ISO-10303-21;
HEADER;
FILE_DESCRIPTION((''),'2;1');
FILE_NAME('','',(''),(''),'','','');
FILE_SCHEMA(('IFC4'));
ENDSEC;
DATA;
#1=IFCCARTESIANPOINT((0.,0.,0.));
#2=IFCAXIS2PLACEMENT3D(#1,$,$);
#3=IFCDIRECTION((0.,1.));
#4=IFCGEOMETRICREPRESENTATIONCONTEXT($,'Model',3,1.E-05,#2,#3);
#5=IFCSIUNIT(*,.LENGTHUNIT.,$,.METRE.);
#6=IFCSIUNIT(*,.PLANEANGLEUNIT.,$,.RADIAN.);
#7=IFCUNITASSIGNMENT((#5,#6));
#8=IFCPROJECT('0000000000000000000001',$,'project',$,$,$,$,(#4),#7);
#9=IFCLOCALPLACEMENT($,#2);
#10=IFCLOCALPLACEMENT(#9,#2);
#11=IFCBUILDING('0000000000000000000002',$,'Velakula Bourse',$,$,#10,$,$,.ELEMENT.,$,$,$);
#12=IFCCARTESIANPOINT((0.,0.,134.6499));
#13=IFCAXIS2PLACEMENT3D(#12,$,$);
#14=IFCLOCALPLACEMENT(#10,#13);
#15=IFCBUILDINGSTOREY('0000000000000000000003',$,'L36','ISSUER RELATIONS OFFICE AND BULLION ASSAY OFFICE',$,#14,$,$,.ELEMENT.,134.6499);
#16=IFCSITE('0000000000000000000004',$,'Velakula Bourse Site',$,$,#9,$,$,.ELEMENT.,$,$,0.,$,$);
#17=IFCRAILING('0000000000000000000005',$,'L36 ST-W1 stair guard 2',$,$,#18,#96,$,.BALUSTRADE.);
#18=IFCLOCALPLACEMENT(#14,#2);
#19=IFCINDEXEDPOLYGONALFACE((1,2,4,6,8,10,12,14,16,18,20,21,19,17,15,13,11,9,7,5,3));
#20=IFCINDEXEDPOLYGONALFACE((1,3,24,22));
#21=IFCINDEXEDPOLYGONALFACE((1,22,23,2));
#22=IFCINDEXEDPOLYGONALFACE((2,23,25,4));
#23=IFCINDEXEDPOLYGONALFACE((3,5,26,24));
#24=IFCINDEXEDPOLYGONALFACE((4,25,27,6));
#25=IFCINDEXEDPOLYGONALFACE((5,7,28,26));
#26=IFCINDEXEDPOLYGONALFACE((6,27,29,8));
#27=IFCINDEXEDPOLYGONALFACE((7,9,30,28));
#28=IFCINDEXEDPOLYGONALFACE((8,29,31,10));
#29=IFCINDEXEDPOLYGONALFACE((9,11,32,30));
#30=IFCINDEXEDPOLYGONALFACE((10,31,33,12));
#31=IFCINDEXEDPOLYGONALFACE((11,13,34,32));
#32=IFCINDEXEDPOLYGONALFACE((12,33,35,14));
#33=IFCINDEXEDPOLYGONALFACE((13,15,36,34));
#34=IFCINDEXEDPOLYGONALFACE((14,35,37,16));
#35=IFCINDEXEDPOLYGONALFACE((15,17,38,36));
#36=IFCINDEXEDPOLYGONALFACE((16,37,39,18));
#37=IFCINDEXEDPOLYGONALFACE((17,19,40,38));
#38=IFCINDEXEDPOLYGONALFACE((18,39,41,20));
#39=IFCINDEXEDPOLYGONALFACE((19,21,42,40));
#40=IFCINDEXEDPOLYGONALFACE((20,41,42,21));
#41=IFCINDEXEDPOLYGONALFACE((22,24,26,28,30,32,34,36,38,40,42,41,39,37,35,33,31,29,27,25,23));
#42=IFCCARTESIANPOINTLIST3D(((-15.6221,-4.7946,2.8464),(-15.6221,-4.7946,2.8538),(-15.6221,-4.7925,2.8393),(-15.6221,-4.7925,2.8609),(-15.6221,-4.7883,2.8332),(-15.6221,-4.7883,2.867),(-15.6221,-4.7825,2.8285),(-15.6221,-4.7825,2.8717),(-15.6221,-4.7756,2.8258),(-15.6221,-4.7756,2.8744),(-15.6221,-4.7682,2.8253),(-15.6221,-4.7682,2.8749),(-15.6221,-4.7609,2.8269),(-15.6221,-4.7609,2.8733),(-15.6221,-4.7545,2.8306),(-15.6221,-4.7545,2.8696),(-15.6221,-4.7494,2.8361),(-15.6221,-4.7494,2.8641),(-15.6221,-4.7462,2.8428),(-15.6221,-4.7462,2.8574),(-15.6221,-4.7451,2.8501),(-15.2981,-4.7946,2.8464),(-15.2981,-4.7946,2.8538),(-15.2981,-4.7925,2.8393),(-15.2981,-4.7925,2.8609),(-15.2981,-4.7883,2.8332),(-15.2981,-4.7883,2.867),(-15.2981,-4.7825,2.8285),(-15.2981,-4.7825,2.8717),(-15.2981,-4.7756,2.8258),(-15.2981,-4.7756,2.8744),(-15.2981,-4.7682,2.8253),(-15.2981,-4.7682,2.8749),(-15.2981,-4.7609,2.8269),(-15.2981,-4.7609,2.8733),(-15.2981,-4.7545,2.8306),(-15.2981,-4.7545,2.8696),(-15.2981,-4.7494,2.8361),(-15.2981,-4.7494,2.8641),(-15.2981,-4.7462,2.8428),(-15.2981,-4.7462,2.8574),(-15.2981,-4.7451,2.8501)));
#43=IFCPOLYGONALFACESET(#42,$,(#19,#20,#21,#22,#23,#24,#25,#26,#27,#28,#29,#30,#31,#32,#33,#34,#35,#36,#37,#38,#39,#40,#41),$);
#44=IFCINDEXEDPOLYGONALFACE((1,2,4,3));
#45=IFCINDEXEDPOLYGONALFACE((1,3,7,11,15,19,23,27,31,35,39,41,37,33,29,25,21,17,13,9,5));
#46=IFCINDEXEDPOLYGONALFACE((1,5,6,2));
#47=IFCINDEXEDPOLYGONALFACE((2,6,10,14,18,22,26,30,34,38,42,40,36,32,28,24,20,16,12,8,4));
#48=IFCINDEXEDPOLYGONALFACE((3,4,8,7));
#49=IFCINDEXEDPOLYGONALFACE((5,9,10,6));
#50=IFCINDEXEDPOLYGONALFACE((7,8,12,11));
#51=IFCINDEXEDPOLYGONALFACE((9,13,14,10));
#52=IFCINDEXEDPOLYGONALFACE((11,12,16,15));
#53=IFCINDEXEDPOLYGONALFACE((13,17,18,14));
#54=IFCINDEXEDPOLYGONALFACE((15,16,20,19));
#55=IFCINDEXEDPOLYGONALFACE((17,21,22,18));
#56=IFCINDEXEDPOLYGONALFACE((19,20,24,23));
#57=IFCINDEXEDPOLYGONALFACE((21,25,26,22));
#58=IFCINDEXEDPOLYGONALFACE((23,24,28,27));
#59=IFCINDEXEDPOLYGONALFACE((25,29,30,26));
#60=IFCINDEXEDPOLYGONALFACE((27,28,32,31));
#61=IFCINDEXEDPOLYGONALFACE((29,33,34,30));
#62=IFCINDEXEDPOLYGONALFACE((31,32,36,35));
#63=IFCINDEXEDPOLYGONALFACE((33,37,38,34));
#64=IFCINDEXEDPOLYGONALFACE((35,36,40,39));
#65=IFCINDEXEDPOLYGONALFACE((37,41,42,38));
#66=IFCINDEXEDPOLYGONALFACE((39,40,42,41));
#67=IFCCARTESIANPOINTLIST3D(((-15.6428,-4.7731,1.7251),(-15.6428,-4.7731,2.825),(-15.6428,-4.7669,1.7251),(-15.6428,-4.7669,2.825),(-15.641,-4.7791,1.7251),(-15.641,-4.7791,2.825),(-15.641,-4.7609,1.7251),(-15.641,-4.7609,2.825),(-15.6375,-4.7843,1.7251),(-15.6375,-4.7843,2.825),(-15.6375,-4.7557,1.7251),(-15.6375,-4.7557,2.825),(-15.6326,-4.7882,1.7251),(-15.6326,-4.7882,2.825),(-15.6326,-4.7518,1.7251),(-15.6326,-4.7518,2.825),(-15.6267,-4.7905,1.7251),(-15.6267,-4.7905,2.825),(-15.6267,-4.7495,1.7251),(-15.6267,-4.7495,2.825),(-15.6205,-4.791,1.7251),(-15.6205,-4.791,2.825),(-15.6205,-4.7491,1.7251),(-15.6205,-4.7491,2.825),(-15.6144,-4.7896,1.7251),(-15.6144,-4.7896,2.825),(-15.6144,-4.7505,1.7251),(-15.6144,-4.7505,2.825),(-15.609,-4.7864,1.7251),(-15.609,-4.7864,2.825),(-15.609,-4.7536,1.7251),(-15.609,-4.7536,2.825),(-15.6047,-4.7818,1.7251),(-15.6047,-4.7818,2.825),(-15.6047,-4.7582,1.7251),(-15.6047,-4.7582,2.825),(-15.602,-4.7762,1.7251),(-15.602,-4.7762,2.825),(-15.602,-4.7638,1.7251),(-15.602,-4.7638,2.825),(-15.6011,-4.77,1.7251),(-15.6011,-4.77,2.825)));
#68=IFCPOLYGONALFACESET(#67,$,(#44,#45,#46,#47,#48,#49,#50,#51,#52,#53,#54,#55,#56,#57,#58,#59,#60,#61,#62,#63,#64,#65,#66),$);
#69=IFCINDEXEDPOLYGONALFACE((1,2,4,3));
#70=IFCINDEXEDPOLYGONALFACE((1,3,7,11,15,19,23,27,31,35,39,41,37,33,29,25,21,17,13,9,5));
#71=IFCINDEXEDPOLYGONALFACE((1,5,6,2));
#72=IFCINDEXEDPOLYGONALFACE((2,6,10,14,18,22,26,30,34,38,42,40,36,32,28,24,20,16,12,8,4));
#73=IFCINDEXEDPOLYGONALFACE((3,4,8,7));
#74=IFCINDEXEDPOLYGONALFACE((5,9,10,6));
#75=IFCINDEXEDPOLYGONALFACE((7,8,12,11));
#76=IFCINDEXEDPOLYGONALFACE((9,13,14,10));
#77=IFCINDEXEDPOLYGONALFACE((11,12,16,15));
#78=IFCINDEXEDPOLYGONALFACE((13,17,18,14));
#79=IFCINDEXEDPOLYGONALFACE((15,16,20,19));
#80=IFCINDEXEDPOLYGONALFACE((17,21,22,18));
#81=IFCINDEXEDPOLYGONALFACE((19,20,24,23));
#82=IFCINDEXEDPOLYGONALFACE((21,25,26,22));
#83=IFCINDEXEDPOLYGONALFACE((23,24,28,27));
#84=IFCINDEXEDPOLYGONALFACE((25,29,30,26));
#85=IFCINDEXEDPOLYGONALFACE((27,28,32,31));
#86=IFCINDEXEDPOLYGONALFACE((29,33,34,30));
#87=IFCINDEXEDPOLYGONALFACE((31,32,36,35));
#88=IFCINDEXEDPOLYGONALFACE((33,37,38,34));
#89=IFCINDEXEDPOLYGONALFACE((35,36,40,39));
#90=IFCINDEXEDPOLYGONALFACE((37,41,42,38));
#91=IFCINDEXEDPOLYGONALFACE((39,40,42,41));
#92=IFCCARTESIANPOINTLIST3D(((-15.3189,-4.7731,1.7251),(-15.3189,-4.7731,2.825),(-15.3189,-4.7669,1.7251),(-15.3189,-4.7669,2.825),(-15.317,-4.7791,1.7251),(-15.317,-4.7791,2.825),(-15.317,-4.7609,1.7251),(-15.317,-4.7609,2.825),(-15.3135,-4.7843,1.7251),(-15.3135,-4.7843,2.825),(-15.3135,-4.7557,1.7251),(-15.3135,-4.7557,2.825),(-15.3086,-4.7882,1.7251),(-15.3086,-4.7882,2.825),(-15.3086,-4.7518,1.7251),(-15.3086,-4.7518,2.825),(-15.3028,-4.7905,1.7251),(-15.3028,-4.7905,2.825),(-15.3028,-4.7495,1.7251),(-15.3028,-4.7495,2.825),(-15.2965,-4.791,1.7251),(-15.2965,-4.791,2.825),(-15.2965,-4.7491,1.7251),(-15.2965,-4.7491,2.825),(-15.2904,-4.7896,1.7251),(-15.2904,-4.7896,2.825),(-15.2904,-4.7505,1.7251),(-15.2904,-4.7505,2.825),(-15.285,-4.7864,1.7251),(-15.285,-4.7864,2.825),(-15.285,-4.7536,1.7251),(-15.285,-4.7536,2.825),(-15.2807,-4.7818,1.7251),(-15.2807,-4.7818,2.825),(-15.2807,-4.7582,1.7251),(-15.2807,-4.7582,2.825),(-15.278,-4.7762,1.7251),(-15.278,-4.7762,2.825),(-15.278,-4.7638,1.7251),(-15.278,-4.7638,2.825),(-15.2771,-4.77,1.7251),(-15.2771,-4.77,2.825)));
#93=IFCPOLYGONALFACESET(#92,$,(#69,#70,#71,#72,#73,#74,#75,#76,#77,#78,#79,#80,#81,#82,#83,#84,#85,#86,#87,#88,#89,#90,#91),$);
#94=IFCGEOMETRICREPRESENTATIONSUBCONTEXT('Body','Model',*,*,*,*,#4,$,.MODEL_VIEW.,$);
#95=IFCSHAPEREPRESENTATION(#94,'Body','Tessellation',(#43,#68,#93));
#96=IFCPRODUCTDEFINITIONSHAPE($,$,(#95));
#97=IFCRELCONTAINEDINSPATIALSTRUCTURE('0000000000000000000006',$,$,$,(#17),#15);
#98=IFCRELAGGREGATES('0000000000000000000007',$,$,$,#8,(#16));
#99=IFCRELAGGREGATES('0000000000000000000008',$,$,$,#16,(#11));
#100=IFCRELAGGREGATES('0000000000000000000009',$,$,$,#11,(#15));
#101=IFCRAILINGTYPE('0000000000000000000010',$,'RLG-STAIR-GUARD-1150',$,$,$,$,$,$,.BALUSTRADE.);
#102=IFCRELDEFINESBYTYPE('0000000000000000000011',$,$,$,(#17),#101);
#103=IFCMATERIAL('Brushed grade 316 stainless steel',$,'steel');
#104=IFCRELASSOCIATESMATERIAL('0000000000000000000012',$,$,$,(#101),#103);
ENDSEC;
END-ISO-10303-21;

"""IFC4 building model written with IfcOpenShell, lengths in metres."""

from ifc_helpers import new_model, si_unit, direction, frame, origin, origin_2d, place, context, subcontext, project, spatial, circle, extrude, material, type_object, element, save


model = new_model("IFC4")

# Units and contexts
model_context = context("Model", 3, precision=1e-05, world=origin(), true_north=direction((0.0, 1.0)))
body_context = subcontext(model_context, "Body", "Model", "MODEL_VIEW")
ifc_project = project(units=[si_unit("LENGTHUNIT", "METRE"), si_unit("PLANEANGLEUNIT", "RADIAN")], contexts=[model_context])

# Site, building, storey
site_placement = place(None, origin())
site = spatial("IfcSite", under=ifc_project, at=site_placement, Name="Velakula Bourse Site", CompositionType="ELEMENT", RefElevation=0.0)
building_placement = place(site_placement, origin())
building = spatial("IfcBuilding", under=site, at=building_placement, Name="Velakula Bourse", CompositionType="ELEMENT")
storey_placement = place(building_placement, frame((0.0, 0.0, 134.6499)))
storey = spatial("IfcBuildingStorey", under=building, at=storey_placement, Name="L36", Description="ISSUER RELATIONS OFFICE AND BULLION ASSAY OFFICE", CompositionType="ELEMENT", Elevation=134.6499)

# Shared definitions
ifc_material_1 = material(Name="Brushed grade 316 stainless steel", Category="steel")

# Railing
railing_type_1 = type_object("IfcRailingType", Name="RLG-STAIR-GUARD-1150", PredefinedType="BALUSTRADE", material=ifc_material_1)
railing_1_placement = place(storey_placement, frame((-15.6221, -4.77, 1.7251)))
element("IfcRailing", 1, at=railing_1_placement, inside=storey, type_object=railing_type_1, Name="L36 ST-W1 stair guard 2", PredefinedType="BALUSTRADE", context=body_context, shape_type="SweptSolid", body=[
    extrude(circle(Radius=0.0249, at=origin_2d()), frame((0.0, 0.0, 1.125), z_axis=(1.0, 0.0, 0.0), x_axis=(0.0, 1.0, 0.0)), (0.0, 0.0, 1.0), 0.324),
    extrude(circle(Radius=0.021, at=origin_2d()), origin(), (0.0, 0.0, 1.0), 1.0999),
    extrude(circle(Radius=0.021, at=origin_2d()), frame((0.324, 0.0, 0.0)), (0.0, 0.0, 1.0), 1.0999),
])

save(model, "model.ifc")
